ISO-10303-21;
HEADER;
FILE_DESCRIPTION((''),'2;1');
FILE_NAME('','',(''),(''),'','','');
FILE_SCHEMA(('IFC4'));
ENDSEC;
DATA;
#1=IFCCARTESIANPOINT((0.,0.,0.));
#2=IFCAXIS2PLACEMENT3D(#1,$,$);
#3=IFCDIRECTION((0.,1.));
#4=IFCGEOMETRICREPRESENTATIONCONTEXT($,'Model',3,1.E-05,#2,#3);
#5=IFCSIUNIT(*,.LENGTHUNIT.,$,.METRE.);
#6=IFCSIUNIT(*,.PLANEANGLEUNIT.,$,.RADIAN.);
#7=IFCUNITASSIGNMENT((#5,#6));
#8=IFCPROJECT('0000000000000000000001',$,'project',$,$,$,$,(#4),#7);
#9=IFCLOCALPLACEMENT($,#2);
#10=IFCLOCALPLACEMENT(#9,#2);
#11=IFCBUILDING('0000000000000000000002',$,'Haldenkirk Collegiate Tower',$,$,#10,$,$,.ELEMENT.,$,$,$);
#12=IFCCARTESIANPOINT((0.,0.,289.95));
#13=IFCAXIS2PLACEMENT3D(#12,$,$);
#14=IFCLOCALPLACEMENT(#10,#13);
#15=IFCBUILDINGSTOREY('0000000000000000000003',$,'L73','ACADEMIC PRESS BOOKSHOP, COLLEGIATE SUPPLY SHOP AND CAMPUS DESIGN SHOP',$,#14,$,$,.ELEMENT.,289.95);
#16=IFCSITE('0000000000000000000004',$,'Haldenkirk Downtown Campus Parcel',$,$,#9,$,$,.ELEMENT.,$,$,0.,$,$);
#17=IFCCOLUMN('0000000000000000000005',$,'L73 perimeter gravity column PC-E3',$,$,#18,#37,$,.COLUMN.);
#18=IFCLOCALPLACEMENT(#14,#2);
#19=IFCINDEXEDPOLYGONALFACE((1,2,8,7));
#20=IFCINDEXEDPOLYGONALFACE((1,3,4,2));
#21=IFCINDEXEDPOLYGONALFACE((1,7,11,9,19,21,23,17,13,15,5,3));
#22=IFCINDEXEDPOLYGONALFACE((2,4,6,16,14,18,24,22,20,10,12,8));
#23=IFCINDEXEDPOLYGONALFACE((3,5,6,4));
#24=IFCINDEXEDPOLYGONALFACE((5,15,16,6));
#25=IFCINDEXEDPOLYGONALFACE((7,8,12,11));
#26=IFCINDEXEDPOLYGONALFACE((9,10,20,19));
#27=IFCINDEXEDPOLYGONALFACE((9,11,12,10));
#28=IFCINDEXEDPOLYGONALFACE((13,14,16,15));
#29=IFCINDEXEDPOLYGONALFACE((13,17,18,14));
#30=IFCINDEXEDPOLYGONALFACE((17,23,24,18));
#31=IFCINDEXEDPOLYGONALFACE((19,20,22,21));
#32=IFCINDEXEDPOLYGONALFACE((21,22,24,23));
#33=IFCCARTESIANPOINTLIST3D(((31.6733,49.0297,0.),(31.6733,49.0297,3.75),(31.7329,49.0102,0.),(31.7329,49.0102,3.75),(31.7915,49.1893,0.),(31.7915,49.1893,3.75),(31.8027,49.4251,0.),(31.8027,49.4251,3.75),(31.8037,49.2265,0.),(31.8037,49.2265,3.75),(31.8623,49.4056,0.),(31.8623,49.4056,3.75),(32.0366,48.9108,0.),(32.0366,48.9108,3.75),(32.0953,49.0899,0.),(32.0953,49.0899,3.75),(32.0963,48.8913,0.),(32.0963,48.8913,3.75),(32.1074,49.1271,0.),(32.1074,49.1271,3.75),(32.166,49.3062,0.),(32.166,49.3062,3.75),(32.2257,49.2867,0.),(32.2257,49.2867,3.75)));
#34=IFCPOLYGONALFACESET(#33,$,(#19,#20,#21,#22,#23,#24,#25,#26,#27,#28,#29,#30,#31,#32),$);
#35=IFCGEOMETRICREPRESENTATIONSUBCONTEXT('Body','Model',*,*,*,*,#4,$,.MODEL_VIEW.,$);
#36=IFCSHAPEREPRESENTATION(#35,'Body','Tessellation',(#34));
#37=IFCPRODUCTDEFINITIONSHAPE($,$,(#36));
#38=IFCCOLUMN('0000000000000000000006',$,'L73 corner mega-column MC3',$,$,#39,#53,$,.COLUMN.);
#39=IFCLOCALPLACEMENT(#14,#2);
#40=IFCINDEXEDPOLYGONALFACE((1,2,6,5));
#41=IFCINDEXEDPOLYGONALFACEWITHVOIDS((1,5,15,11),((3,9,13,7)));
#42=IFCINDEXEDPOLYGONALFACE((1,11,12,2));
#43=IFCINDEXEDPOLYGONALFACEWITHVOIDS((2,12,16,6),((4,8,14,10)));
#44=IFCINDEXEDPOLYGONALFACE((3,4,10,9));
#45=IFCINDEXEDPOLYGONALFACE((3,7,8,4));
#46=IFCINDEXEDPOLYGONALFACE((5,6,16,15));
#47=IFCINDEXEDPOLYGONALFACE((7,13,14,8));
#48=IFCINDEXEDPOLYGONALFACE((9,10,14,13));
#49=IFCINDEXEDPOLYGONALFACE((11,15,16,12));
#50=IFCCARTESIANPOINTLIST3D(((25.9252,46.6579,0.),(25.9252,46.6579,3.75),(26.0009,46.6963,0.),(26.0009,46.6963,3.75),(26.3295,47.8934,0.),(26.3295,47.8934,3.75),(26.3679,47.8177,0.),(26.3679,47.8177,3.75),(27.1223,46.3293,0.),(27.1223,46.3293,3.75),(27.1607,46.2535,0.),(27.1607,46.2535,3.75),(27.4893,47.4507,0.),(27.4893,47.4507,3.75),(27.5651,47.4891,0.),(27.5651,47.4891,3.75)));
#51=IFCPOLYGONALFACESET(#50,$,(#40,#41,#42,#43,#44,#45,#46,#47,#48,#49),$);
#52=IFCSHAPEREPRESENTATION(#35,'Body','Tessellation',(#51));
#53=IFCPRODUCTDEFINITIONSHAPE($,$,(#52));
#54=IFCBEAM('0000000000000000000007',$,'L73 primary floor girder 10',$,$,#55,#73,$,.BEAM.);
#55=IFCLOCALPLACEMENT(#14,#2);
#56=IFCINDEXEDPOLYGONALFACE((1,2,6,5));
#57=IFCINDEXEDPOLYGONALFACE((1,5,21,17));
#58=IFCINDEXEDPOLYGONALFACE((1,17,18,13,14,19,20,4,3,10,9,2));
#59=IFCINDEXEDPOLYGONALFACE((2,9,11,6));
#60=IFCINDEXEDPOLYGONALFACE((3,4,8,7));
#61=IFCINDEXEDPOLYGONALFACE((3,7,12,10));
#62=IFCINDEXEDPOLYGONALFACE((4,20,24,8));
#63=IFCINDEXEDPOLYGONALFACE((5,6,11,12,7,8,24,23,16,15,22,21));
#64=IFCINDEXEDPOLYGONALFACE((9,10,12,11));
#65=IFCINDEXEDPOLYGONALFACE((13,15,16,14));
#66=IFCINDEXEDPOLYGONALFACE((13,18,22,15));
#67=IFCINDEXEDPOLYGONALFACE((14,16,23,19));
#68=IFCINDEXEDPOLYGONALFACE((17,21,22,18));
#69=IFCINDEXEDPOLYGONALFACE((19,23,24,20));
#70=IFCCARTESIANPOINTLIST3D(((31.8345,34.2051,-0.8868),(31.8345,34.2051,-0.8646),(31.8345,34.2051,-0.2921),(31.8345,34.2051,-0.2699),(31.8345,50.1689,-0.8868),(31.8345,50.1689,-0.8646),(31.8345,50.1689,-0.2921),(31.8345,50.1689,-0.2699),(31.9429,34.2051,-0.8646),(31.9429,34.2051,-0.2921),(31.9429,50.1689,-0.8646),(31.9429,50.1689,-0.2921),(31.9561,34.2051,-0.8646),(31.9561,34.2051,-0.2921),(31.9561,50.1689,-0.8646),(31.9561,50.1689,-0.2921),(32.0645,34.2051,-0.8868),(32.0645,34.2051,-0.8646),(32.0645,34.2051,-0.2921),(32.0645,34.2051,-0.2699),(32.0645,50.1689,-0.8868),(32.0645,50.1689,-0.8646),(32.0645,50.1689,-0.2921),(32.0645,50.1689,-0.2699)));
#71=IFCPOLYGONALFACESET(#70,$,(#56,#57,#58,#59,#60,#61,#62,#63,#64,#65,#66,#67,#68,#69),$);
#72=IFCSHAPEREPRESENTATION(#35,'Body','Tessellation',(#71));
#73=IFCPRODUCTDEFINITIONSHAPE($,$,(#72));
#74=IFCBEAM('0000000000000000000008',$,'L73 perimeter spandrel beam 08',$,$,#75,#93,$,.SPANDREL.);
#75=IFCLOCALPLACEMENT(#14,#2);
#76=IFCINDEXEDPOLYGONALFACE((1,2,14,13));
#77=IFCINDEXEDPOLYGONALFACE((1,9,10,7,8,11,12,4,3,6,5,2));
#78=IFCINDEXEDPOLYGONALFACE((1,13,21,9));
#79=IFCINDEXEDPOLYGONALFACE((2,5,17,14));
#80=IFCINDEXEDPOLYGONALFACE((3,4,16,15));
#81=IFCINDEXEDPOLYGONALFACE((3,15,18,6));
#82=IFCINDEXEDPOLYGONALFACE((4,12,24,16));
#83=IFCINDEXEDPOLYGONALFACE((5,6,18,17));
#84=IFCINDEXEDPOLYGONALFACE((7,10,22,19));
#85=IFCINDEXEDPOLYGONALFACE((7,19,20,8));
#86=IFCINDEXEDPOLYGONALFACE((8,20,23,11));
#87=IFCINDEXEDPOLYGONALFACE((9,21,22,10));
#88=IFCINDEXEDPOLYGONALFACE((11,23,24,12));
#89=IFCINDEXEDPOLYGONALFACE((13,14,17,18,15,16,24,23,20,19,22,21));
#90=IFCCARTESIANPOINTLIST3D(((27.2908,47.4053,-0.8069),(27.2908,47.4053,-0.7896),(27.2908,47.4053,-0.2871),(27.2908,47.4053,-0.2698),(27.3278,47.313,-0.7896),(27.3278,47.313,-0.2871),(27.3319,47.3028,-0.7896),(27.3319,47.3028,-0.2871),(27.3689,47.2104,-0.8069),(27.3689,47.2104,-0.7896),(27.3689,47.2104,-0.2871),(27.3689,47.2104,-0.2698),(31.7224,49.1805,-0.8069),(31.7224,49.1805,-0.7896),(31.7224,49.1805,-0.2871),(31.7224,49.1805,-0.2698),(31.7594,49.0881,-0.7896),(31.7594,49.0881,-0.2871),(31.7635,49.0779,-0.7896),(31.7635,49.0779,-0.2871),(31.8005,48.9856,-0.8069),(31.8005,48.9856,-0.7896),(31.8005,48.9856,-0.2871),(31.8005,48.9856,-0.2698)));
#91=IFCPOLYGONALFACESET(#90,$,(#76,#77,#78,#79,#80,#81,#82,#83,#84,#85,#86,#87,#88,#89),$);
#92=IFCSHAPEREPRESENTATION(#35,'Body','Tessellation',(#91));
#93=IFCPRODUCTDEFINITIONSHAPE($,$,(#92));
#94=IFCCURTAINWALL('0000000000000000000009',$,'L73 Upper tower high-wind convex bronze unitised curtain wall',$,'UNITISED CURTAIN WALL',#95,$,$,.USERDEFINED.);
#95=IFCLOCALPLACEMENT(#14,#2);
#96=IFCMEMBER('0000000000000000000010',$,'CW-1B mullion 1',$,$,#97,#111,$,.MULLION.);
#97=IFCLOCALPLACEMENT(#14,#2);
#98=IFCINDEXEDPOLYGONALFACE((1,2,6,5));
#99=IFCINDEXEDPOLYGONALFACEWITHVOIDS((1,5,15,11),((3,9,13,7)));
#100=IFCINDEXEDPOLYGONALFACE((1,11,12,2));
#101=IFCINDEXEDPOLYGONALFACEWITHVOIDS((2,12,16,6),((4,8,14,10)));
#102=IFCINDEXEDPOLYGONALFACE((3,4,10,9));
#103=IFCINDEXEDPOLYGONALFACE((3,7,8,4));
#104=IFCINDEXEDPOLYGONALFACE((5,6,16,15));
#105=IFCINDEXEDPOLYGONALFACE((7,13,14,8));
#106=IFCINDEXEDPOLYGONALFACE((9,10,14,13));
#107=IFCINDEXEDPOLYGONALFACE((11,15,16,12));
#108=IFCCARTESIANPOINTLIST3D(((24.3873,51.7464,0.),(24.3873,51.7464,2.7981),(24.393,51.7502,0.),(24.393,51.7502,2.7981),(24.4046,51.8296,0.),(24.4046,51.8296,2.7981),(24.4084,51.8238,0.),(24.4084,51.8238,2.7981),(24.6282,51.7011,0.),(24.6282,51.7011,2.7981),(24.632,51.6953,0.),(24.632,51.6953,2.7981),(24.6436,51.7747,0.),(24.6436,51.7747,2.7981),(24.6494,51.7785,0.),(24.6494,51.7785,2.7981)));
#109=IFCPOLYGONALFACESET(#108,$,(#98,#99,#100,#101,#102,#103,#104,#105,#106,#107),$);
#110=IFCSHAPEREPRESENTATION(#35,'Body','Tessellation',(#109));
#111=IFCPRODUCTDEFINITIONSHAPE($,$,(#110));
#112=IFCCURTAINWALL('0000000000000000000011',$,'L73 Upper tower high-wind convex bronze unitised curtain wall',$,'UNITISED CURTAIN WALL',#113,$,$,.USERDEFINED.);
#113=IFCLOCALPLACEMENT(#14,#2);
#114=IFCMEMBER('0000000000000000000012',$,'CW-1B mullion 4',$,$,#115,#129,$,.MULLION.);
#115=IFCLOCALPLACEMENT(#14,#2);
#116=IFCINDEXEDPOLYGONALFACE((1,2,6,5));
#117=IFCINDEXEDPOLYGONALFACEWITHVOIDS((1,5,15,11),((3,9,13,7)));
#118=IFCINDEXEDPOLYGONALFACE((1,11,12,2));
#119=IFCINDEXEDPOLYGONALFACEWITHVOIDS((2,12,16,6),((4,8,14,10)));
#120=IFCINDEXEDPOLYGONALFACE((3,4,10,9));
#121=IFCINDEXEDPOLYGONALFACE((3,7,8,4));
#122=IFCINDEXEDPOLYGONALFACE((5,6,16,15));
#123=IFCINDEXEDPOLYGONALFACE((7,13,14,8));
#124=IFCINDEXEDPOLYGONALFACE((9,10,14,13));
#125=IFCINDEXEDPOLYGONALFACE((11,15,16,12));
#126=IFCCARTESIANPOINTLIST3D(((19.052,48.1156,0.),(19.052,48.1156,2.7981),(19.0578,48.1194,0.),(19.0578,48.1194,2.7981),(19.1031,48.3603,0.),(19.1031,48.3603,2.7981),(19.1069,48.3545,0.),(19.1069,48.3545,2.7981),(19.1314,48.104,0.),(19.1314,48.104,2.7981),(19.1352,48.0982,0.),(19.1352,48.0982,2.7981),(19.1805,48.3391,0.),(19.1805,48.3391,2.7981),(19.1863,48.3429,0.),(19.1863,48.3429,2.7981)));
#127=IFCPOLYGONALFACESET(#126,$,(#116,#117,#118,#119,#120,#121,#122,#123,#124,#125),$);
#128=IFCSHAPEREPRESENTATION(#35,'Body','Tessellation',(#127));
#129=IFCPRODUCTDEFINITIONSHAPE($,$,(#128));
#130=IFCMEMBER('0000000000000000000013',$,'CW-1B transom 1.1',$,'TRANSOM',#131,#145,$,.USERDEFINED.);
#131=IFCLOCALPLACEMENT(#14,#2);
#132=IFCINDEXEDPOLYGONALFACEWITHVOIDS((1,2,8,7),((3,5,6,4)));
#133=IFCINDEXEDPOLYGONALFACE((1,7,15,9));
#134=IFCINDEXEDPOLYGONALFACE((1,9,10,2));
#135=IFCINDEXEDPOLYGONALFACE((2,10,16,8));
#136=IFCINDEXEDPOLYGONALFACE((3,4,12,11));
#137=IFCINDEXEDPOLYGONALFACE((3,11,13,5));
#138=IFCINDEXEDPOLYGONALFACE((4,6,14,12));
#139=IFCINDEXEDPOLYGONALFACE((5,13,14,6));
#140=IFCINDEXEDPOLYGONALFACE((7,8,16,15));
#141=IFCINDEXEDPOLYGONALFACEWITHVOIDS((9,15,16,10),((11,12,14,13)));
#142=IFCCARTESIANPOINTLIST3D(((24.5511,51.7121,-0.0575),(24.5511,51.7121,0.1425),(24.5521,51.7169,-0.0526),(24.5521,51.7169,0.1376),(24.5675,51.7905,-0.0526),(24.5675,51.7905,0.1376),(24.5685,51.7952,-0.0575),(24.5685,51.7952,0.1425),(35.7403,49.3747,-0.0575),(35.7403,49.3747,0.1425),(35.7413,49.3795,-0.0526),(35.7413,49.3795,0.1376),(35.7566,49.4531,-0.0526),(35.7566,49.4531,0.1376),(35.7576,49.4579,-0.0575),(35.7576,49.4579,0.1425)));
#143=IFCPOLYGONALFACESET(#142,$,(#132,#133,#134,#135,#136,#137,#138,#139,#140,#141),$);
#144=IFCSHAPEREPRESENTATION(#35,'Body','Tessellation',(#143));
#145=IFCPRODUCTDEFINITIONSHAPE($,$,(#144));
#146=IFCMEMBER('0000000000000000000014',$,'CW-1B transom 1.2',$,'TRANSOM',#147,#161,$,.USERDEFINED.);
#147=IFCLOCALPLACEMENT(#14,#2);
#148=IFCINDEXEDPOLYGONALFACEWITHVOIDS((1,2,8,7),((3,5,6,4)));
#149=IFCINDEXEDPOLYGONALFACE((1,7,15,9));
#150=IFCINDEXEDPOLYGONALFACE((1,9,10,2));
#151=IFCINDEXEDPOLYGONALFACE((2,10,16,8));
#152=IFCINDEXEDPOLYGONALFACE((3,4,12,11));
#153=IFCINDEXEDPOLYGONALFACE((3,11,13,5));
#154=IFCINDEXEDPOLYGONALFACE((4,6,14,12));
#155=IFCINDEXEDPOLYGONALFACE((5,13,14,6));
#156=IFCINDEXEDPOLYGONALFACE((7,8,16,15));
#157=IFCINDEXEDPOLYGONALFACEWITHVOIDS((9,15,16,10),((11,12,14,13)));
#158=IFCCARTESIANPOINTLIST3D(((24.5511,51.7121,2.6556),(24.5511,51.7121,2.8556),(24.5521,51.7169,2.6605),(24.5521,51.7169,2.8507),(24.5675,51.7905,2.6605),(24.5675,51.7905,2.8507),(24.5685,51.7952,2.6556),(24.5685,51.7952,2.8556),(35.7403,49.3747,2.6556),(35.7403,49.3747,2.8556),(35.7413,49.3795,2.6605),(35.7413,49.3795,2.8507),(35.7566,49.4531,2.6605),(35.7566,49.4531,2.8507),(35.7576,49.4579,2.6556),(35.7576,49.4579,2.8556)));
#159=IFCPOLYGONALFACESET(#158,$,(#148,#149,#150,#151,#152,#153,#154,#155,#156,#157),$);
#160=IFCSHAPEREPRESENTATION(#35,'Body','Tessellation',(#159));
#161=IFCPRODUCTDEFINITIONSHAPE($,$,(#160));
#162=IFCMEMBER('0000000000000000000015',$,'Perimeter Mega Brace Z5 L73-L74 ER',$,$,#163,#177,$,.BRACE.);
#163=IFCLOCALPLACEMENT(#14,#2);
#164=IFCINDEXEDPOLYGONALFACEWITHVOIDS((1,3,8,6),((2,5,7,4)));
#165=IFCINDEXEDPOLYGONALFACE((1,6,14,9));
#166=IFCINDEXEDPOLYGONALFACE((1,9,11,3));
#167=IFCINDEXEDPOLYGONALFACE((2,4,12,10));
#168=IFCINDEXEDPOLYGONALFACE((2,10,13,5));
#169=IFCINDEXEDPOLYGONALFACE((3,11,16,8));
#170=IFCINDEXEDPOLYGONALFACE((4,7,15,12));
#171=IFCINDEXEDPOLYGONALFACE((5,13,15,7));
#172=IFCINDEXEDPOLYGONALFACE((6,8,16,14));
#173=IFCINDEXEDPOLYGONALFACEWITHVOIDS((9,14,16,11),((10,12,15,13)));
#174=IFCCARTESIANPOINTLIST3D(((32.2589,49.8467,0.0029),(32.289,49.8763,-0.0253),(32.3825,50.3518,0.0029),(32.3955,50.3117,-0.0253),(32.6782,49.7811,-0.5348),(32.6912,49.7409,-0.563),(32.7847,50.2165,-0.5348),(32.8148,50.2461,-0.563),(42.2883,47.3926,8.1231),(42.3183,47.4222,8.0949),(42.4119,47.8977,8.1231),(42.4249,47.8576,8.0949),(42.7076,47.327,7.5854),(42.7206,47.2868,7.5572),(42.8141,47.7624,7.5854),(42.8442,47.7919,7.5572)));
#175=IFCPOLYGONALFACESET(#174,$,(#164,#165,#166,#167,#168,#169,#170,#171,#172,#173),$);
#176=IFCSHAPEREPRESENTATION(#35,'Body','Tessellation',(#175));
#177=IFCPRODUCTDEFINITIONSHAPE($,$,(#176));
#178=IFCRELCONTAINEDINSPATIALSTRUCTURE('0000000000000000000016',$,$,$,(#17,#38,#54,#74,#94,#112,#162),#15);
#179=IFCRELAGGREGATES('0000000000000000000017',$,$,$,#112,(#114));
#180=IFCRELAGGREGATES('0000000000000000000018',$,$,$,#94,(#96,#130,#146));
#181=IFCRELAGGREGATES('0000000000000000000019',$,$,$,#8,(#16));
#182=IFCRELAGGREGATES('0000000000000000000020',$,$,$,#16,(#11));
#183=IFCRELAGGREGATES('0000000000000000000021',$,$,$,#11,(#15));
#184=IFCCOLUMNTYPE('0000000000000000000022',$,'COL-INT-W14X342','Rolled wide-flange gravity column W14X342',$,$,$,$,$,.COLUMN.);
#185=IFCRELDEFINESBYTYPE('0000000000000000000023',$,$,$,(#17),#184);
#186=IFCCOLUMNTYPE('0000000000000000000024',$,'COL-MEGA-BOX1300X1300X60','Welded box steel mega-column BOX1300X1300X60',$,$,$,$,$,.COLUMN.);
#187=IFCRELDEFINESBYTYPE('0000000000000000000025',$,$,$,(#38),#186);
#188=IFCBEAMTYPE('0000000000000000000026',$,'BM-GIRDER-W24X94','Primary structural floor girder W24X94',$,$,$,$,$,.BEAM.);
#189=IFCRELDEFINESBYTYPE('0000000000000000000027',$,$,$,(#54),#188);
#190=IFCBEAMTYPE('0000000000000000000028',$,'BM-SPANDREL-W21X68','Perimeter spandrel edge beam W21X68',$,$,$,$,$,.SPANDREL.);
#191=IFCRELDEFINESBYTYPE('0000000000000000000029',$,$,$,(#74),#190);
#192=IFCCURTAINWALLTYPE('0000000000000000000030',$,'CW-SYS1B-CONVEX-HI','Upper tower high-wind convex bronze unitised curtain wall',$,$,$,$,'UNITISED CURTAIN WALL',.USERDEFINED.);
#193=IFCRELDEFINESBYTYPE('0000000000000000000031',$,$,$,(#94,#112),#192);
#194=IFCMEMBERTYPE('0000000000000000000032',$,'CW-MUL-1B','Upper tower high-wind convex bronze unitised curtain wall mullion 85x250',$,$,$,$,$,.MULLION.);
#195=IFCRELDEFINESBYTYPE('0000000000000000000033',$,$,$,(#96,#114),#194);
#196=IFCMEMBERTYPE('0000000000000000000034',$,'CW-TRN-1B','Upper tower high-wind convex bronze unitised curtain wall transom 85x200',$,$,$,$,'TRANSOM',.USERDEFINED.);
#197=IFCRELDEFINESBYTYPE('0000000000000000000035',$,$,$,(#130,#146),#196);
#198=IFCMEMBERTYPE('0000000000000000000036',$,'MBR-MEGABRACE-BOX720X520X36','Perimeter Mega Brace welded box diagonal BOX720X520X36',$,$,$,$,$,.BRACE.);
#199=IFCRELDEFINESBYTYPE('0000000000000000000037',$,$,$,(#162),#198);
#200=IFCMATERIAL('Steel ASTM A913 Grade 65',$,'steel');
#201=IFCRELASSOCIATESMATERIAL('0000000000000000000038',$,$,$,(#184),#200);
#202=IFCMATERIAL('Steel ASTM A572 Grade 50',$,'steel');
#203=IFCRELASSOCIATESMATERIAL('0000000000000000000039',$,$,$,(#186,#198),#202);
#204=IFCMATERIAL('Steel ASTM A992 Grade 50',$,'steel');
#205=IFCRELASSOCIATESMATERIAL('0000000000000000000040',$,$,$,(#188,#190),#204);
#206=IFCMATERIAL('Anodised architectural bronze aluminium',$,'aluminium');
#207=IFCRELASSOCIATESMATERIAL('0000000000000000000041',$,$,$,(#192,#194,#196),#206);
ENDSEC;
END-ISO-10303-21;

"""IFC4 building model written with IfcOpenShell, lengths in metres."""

from ifc_helpers import new_model, si_unit, direction, frame, origin, origin_2d, place, context, subcontext, project, spatial, hollow_rectangle, i_section, extrude, material, material_profile, profile_set, type_object, element, aggregate, save


model = new_model("IFC4")

# Units and contexts
model_context = context("Model", 3, precision=1e-05, world=origin(), true_north=direction((0.0, 1.0)))
body_context = subcontext(model_context, "Body", "Model", "MODEL_VIEW")
ifc_project = project(units=[si_unit("LENGTHUNIT", "METRE"), si_unit("PLANEANGLEUNIT", "RADIAN")], contexts=[model_context])

# Site, building, storey
site_placement = place(None, origin())
site = spatial("IfcSite", under=ifc_project, at=site_placement, Name="Haldenkirk Downtown Campus Parcel", CompositionType="ELEMENT", RefElevation=0.0)
building_placement = place(site_placement, origin())
building = spatial("IfcBuilding", under=site, at=building_placement, Name="Haldenkirk Collegiate Tower", CompositionType="ELEMENT")
storey_placement = place(building_placement, frame((0.0, 0.0, 289.95)))
storey = spatial("IfcBuildingStorey", under=building, at=storey_placement, Name="L73", Description="ACADEMIC PRESS BOOKSHOP, COLLEGIATE SUPPLY SHOP AND CAMPUS DESIGN SHOP", CompositionType="ELEMENT", Elevation=289.95)

# Columns
ifc_material_1 = material(Name="Steel ASTM A913 Grade 65", Category="steel")
ifc_material_profile_1 = material_profile(ifc_material_1, i_section(OverallWidth=0.416, OverallDepth=0.4451, WebThickness=0.0391, FlangeThickness=0.0627, at=origin_2d()), Name="W14X342")
ifc_profile_set_1 = profile_set([ifc_material_profile_1], Name="Steel ASTM A913 Grade 65")
column_type_1 = type_object("IfcColumnType", Name="COL-INT-W14X342", Description="Rolled wide-flange gravity column W14X342", PredefinedType="COLUMN", material=ifc_profile_set_1)
column_1_placement = place(storey_placement, frame((31.9495, 49.1582, 0.0), z_axis=(0.0, 0.0, 1.0), x_axis=(0.311008, 0.950407, 0.0)))
element("IfcColumn", 1, at=column_1_placement, inside=storey, type_object=column_type_1, Name="L73 perimeter gravity column PC-E3", PredefinedType="COLUMN", context=body_context, shape_type="SweptSolid", body=[
    extrude(i_section(OverallWidth=0.416, OverallDepth=0.4451, WebThickness=0.0391, FlangeThickness=0.0627, at=origin_2d()), origin(), (0.0, 0.0, 1.0), 3.75),
])
ifc_material_2 = material(Name="Steel ASTM A572 Grade 50", Category="steel")
ifc_material_profile_2 = material_profile(ifc_material_2, hollow_rectangle(XDim=1.3, YDim=1.3, WallThickness=0.0601, at=origin_2d()), Name="BOX1300X1300X60")
ifc_profile_set_2 = profile_set([ifc_material_profile_2], Name="Steel ASTM A572 Grade 50")
column_type_2 = type_object("IfcColumnType", Name="COL-MEGA-BOX1300X1300X60", Description="Welded box steel mega-column BOX1300X1300X60", PredefinedType="COLUMN", material=ifc_profile_set_2)
column_2_placement = place(storey_placement, frame((26.7451, 47.0735, 0.0), z_axis=(0.0, 0.0, 1.0), x_axis=(0.311008, 0.950407, 0.0)))
element("IfcColumn", 2, at=column_2_placement, inside=storey, type_object=column_type_2, Name="L73 corner mega-column MC3", PredefinedType="COLUMN", context=body_context, shape_type="SweptSolid", body=[
    extrude(hollow_rectangle(XDim=1.3, YDim=1.3, WallThickness=0.0601, at=origin_2d()), origin(), (0.0, 0.0, 1.0), 3.75),
])

# Beams
ifc_material_3 = material(Name="Steel ASTM A992 Grade 50", Category="steel")
ifc_material_profile_3 = material_profile(ifc_material_3, i_section(OverallWidth=0.23, OverallDepth=0.6169, WebThickness=0.0132, FlangeThickness=0.0222, at=origin_2d()), Name="W24X94")
ifc_profile_set_3 = profile_set([ifc_material_profile_3], Name="Steel ASTM A992 Grade 50")
beam_type_1 = type_object("IfcBeamType", Name="BM-GIRDER-W24X94", Description="Primary structural floor girder W24X94", PredefinedType="BEAM", material=ifc_profile_set_3)
beam_1_placement = place(storey_placement, frame((31.9495, 50.1689, -0.5784), z_axis=(0.0, -1.0, 0.0), x_axis=(1.0, 0.0, 0.0)))
element("IfcBeam", 3, at=beam_1_placement, inside=storey, type_object=beam_type_1, Name="L73 primary floor girder 10", PredefinedType="BEAM", context=body_context, shape_type="SweptSolid", body=[
    extrude(i_section(OverallWidth=0.23, OverallDepth=0.6169, WebThickness=0.0132, FlangeThickness=0.0222, at=origin_2d()), origin(), (0.0, 0.0, 1.0), 15.9639),
])
ifc_material_profile_4 = material_profile(ifc_material_3, i_section(OverallWidth=0.21, OverallDepth=0.5371, WebThickness=0.011, FlangeThickness=0.0173, at=origin_2d()), Name="W21X68")
ifc_profile_set_4 = profile_set([ifc_material_profile_4], Name="Steel ASTM A992 Grade 50")
beam_type_2 = type_object("IfcBeamType", Name="BM-SPANDREL-W21X68", Description="Perimeter spandrel edge beam W21X68", PredefinedType="SPANDREL", material=ifc_profile_set_4)
beam_2_placement = place(storey_placement, frame((31.7615, 49.083, -0.5383), z_axis=(-0.928297, -0.37184, 0.0), x_axis=(0.37184, -0.928297, 0.0)))
element("IfcBeam", 4, at=beam_2_placement, inside=storey, type_object=beam_type_2, Name="L73 perimeter spandrel beam 08", PredefinedType="SPANDREL", context=body_context, shape_type="SweptSolid", body=[
    extrude(i_section(OverallWidth=0.21, OverallDepth=0.5371, WebThickness=0.011, FlangeThickness=0.0173, at=origin_2d()), origin(), (0.0, 0.0, 1.0), 4.7739),
])

# Curtain walls, members
ifc_material_4 = material(Name="Anodised architectural bronze aluminium", Category="aluminium")
curtain_wall_type = type_object("IfcCurtainWallType", Name="CW-SYS1B-CONVEX-HI", Description="Upper tower high-wind convex bronze unitised curtain wall", ElementType="UNITISED CURTAIN WALL", PredefinedType="USERDEFINED", material=ifc_material_4)
curtain_wall_1_placement = place(storey_placement, origin())
curtain_wall_1 = element("IfcCurtainWall", 5, at=curtain_wall_1_placement, inside=storey, type_object=curtain_wall_type, Name="L73 Upper tower high-wind convex bronze unitised curtain wall", ObjectType="UNITISED CURTAIN WALL", PredefinedType="USERDEFINED")
ifc_material_profile_5 = material_profile(ifc_material_4, hollow_rectangle(XDim=0.085, YDim=0.25, WallThickness=0.0049, at=origin_2d()), Name="CW-MUL-1B")
ifc_profile_set_5 = profile_set([ifc_material_profile_5], Name="Anodised architectural bronze aluminium")
member_type_1 = type_object("IfcMemberType", Name="CW-MUL-1B", Description="Upper tower high-wind convex bronze unitised curtain wall mullion 85x250", PredefinedType="MULLION", material=ifc_profile_set_5)
member_1_placement = place(storey_placement, frame((24.5183, 51.7625, 0.0), z_axis=(0.0, 0.0, 1.0), x_axis=(0.204496, 0.978867, 0.0)))
member_1 = element("IfcMember", 6, at=member_1_placement, type_object=member_type_1, Name="CW-1B mullion 1", PredefinedType="MULLION", context=body_context, shape_type="SweptSolid", body=[
    extrude(hollow_rectangle(XDim=0.085, YDim=0.25, WallThickness=0.0049, at=origin_2d()), origin(), (0.0, 0.0, 1.0), 2.7981),
])
curtain_wall_2_placement = place(storey_placement, origin())
curtain_wall_2 = element("IfcCurtainWall", 7, at=curtain_wall_2_placement, inside=storey, type_object=curtain_wall_type, Name="L73 Upper tower high-wind convex bronze unitised curtain wall", ObjectType="UNITISED CURTAIN WALL", PredefinedType="USERDEFINED")
member_2_placement = place(storey_placement, frame((19.1191, 48.2292, 0.0), z_axis=(0.0, 0.0, 1.0), x_axis=(-0.978867, 0.204499, 0.0)))
member_2 = element("IfcMember", 8, at=member_2_placement, type_object=member_type_1, Name="CW-1B mullion 4", PredefinedType="MULLION", context=body_context, shape_type="SweptSolid", body=[
    extrude(hollow_rectangle(XDim=0.085, YDim=0.25, WallThickness=0.0049, at=origin_2d()), origin(), (0.0, 0.0, 1.0), 2.7981),
])
aggregate(curtain_wall_2, [member_2])

# Members
ifc_material_profile_6 = material_profile(ifc_material_4, hollow_rectangle(XDim=0.085, YDim=0.2, WallThickness=0.0049, at=origin_2d()), Name="CW-TRN-1B")
ifc_profile_set_6 = profile_set([ifc_material_profile_6], Name="Anodised architectural bronze aluminium")
member_type_2 = type_object("IfcMemberType", Name="CW-TRN-1B", Description="Upper tower high-wind convex bronze unitised curtain wall transom 85x200", ElementType="TRANSOM", PredefinedType="USERDEFINED", material=ifc_profile_set_6)
member_3_placement = place(storey_placement, frame((24.5598, 51.7537, 0.0425), z_axis=(0.97887, -0.204484, 0.0), x_axis=(0.204484, 0.97887, 0.0)))
member_3 = element("IfcMember", 9, at=member_3_placement, type_object=member_type_2, Name="CW-1B transom 1.1", ObjectType="TRANSOM", PredefinedType="USERDEFINED", context=body_context, shape_type="SweptSolid", body=[
    extrude(hollow_rectangle(XDim=0.085, YDim=0.2, WallThickness=0.0049, at=origin_2d()), origin(), (0.0, 0.0, 1.0), 11.4307),
])
member_4_placement = place(storey_placement, frame((24.5598, 51.7537, 2.7556), z_axis=(0.97887, -0.204484, 0.0), x_axis=(0.204484, 0.97887, 0.0)))
member_4 = element("IfcMember", 10, at=member_4_placement, type_object=member_type_2, Name="CW-1B transom 1.2", ObjectType="TRANSOM", PredefinedType="USERDEFINED", context=body_context, shape_type="SweptSolid", body=[
    extrude(hollow_rectangle(XDim=0.085, YDim=0.2, WallThickness=0.0049, at=origin_2d()), origin(), (0.0, 0.0, 1.0), 11.4307),
])
ifc_material_profile_7 = material_profile(ifc_material_2, hollow_rectangle(XDim=0.52, YDim=0.72, WallThickness=0.0359, at=origin_2d()), Name="BOX720X520X36")
ifc_profile_set_7 = profile_set([ifc_material_profile_7], Name="Steel ASTM A572 Grade 50")
member_type_3 = type_object("IfcMemberType", Name="MBR-MEGABRACE-BOX720X520X36", Description="Perimeter Mega Brace welded box diagonal BOX720X520X36", PredefinedType="BRACE", material=ifc_profile_set_7)
member_5_placement = place(storey_placement, frame((32.5369, 50.0464, -0.28), z_axis=(0.763516, -0.186827, 0.618173), x_axis=(0.237681, 0.971343, 0.0)))
element("IfcMember", 11, at=member_5_placement, inside=storey, type_object=member_type_3, Name="Perimeter Mega Brace Z5 L73-L74 ER", PredefinedType="BRACE", context=body_context, shape_type="SweptSolid", body=[
    extrude(hollow_rectangle(XDim=0.52, YDim=0.72, WallThickness=0.0359, at=origin_2d()), origin(), (0.0, 0.0, 1.0), 13.1357),
])

aggregate(curtain_wall_1, [member_1, member_3, member_4])

save(model, "model.ifc")
